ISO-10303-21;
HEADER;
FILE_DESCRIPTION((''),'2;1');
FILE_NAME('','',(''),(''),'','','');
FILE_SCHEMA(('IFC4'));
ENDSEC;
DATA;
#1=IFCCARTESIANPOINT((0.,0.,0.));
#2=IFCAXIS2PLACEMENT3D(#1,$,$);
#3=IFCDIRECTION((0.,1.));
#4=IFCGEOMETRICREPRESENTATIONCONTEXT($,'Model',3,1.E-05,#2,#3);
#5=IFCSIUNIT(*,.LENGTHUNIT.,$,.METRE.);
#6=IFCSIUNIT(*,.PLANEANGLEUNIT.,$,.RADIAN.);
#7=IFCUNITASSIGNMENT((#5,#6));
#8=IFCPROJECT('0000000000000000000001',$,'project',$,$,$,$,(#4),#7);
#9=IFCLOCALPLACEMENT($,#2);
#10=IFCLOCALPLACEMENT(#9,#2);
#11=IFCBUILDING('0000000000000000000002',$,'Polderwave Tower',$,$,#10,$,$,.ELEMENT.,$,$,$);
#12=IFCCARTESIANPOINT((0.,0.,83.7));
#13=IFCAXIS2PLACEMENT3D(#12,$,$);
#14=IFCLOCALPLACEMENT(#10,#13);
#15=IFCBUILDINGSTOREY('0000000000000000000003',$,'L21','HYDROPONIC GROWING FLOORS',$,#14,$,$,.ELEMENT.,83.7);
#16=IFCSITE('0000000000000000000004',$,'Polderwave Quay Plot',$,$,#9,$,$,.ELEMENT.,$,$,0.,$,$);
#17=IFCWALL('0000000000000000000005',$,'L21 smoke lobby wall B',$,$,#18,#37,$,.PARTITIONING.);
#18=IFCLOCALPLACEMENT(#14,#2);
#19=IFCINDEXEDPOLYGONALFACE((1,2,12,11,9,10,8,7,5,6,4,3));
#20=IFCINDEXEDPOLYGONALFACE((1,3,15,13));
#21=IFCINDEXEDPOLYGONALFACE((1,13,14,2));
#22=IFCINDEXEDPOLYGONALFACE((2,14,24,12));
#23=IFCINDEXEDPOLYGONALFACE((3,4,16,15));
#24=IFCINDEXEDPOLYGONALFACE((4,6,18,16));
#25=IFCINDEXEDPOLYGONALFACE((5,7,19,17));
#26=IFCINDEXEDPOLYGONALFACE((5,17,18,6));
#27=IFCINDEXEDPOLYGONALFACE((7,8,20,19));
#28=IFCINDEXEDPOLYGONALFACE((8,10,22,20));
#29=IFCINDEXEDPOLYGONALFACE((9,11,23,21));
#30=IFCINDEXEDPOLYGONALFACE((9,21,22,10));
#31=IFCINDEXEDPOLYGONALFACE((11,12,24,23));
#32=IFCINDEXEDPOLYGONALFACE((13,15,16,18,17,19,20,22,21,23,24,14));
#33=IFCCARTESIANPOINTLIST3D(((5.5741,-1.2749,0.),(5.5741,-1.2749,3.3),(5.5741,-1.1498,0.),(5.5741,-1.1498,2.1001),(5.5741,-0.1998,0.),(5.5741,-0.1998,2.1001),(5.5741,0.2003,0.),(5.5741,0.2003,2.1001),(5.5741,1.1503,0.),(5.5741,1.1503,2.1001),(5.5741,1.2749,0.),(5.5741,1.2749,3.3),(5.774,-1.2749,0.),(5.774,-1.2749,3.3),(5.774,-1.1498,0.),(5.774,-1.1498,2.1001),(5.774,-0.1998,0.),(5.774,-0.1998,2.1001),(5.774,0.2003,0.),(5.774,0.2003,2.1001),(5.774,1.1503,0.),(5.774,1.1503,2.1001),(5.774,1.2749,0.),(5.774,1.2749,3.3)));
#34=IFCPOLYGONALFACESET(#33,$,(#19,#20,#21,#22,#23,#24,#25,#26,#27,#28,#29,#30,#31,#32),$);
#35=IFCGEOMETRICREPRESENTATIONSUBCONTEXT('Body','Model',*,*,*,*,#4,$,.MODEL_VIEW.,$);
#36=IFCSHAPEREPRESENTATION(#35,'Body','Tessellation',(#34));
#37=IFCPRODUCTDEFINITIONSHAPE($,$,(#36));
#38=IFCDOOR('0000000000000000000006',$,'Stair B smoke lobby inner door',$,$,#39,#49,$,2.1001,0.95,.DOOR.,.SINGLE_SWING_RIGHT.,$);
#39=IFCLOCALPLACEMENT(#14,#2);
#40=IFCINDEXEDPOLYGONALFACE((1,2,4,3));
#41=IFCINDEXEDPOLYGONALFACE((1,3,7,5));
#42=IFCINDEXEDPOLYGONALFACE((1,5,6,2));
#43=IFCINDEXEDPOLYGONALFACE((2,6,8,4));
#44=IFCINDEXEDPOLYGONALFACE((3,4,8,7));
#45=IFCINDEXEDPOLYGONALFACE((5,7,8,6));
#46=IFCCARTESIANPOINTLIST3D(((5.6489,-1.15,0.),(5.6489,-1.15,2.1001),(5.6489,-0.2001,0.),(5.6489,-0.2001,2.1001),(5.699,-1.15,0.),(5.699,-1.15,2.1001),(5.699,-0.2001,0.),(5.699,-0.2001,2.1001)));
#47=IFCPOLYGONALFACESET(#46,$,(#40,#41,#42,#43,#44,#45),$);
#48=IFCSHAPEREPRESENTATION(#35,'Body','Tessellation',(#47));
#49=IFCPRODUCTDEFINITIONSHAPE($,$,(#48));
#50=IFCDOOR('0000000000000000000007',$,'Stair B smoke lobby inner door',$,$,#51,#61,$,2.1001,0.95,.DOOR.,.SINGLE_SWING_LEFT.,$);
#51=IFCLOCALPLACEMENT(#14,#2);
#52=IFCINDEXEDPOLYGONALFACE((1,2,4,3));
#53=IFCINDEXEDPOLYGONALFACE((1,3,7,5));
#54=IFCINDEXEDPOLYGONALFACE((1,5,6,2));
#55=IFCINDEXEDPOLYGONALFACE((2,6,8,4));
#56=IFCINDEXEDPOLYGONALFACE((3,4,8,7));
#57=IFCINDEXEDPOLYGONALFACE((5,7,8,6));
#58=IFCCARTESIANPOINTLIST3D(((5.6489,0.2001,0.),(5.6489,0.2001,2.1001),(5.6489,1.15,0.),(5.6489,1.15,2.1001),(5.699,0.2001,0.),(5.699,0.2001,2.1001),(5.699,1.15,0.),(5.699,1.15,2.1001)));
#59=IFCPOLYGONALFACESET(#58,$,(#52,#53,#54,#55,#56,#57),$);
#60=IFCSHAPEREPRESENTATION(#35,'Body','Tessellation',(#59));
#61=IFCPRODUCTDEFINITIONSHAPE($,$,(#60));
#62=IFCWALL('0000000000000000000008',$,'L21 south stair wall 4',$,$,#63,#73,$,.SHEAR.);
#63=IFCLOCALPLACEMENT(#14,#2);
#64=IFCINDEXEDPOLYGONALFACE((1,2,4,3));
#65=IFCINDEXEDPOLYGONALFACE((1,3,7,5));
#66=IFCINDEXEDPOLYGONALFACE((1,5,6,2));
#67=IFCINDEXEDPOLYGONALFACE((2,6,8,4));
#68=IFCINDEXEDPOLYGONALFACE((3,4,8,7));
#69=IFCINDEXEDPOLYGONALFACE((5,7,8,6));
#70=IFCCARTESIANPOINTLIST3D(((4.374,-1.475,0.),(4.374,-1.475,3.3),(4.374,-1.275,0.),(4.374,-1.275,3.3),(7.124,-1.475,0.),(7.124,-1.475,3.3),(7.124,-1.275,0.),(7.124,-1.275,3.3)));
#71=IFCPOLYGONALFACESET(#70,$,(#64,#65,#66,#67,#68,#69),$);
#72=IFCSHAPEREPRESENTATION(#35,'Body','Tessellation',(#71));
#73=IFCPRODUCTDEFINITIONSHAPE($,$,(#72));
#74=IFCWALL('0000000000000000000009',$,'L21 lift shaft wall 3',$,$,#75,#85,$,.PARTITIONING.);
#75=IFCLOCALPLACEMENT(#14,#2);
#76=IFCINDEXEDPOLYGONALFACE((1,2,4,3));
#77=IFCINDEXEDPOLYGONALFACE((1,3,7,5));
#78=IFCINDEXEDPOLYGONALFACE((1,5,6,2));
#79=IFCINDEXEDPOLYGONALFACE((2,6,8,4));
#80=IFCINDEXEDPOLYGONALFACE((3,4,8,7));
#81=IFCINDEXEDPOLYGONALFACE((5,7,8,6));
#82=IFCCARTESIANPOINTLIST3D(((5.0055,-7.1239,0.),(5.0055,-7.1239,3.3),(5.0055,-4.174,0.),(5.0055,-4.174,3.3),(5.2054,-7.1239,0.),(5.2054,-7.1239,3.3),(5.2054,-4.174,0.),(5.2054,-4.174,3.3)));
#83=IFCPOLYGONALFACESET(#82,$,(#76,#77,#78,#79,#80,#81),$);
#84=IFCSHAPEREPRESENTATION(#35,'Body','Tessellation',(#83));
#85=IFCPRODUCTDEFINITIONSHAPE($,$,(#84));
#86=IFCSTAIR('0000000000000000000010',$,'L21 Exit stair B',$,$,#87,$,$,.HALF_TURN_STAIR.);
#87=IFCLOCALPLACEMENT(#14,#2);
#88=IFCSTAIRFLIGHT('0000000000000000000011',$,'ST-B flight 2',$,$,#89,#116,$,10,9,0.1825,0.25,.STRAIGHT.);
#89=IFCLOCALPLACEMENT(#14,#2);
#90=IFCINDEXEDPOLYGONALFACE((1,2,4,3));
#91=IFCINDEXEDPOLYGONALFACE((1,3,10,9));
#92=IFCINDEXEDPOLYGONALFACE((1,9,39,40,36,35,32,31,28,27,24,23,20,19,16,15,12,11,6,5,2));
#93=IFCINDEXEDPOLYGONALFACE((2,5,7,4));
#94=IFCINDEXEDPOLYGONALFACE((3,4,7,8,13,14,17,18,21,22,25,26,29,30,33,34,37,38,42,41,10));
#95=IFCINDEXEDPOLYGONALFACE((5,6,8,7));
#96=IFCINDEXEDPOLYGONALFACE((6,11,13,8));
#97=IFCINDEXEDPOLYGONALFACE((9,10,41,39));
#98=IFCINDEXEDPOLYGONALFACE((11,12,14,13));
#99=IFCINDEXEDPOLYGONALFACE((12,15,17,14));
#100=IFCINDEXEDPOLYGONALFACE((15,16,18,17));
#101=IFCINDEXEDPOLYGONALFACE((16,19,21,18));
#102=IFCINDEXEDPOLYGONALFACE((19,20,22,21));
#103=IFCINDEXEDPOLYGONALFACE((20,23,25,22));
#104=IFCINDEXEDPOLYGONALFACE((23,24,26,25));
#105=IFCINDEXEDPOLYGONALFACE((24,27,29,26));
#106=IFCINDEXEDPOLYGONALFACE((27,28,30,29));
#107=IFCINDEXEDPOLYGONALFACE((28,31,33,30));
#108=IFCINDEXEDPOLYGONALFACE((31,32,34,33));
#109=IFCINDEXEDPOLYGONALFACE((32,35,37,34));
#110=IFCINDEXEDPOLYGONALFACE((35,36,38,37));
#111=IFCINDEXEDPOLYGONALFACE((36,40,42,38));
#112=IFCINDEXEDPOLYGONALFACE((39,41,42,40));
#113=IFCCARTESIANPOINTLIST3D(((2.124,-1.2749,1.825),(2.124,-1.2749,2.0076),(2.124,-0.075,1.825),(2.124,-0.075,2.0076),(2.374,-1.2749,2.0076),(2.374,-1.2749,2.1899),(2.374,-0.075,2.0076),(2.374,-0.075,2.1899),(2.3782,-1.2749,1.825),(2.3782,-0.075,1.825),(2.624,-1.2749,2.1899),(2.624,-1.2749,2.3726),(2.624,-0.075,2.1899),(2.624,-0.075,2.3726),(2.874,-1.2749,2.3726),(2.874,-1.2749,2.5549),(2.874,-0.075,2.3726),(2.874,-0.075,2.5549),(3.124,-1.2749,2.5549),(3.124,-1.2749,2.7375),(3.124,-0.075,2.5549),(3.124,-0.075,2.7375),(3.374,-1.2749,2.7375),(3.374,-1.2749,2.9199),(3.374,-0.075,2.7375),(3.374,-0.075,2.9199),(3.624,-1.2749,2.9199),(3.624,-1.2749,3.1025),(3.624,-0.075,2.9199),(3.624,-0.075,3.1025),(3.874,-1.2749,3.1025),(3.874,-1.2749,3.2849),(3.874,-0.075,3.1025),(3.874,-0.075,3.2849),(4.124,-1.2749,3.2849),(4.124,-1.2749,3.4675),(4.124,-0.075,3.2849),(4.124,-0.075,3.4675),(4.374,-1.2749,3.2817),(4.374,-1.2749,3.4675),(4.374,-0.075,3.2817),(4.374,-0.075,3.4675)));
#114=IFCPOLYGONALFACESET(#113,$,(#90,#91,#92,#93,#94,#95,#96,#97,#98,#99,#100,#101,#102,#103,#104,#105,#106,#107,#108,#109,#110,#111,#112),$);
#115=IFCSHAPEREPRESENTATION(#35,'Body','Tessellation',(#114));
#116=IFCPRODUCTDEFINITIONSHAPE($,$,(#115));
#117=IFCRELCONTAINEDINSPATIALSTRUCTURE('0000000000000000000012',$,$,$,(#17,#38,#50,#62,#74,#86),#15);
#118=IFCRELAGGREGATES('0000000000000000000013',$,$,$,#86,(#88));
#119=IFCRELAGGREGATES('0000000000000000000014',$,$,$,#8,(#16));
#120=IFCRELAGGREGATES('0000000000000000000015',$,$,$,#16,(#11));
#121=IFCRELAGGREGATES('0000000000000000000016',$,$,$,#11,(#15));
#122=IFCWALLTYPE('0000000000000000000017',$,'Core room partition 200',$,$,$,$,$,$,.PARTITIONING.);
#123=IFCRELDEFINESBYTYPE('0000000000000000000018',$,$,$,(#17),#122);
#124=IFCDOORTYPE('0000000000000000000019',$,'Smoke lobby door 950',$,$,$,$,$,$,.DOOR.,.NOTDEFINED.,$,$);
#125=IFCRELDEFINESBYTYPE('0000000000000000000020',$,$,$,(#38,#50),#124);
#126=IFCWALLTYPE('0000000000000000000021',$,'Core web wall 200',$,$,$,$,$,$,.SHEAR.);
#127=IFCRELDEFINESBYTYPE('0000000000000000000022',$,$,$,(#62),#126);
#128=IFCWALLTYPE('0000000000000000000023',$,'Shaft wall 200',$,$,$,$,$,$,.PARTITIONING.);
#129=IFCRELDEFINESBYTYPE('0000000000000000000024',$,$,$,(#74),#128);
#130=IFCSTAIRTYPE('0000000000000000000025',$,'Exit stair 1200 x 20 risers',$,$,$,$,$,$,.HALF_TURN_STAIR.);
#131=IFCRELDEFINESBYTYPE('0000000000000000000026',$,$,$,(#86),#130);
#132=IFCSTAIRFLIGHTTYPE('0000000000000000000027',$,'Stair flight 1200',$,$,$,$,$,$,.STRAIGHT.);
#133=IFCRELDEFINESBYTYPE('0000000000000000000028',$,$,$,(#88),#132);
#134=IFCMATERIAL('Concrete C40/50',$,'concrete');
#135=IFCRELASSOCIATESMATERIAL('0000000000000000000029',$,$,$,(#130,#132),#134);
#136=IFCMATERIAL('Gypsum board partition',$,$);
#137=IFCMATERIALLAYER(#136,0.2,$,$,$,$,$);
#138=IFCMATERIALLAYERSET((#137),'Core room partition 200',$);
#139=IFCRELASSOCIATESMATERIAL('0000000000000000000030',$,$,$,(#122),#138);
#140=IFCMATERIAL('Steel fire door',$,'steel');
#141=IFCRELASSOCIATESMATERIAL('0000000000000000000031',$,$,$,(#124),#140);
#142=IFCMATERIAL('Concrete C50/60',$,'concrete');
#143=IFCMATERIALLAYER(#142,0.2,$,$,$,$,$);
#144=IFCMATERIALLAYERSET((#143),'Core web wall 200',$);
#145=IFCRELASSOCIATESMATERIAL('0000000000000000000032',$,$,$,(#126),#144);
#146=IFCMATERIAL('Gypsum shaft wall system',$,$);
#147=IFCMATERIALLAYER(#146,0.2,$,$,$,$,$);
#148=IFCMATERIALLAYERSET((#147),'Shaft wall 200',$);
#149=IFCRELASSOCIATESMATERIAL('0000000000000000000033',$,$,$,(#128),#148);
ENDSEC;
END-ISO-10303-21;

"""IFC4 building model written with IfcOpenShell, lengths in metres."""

from ifc_helpers import new_model, si_unit, direction, frame, frame_2d, origin, place, context, subcontext, project, spatial, polyline, rectangle, outline, extrude, material, layer, layer_set, type_object, element, fill, aggregate, save


model = new_model("IFC4")

# Units and contexts
model_context = context("Model", 3, precision=1e-05, world=origin(), true_north=direction((0.0, 1.0)))
body_context = subcontext(model_context, "Body", "Model", "MODEL_VIEW")
ifc_project = project(units=[si_unit("LENGTHUNIT", "METRE"), si_unit("PLANEANGLEUNIT", "RADIAN")], contexts=[model_context])

# Site, building, storey
site_placement = place(None, origin())
site = spatial("IfcSite", under=ifc_project, at=site_placement, Name="Polderwave Quay Plot", CompositionType="ELEMENT", RefElevation=0.0)
building_placement = place(site_placement, origin())
building = spatial("IfcBuilding", under=site, at=building_placement, Name="Polderwave Tower", CompositionType="ELEMENT")
storey_placement = place(building_placement, frame((0.0, 0.0, 83.7)))
storey = spatial("IfcBuildingStorey", under=building, at=storey_placement, Name="L21", Description="HYDROPONIC GROWING FLOORS", CompositionType="ELEMENT", Elevation=83.7)

# Shared definitions
ifc_material_1 = material(Name="Concrete C40/50", Category="concrete")

# Shared definitions
stair_type = type_object("IfcStairType", Name="Exit stair 1200 x 20 risers", PredefinedType="HALF_TURN_STAIR", material=ifc_material_1)

# Wall, openings, doors
ifc_material_2 = material(Name="Steel fire door", Category="steel")
ifc_material_3 = material(Name="Gypsum board partition")
ifc_layer_1 = layer(ifc_material_3, 0.2)
ifc_layer_set_1 = layer_set([ifc_layer_1], Name="Core room partition 200")
wall_type_1 = type_object("IfcWallType", Name="Core room partition 200", PredefinedType="PARTITIONING", material=ifc_layer_set_1)
wall_1_placement = place(storey_placement, frame((5.6741, -1.2749, 0.0), z_axis=(0.0, 0.0, 1.0), x_axis=(0.0, 1.0, 0.0)))
wall_1 = element("IfcWall", 1, at=wall_1_placement, inside=storey, type_object=wall_type_1, Name="L21 smoke lobby wall B", PredefinedType="PARTITIONING", context=body_context, shape_type="SweptSolid", body=[
    extrude(rectangle(XDim=2.5498, YDim=0.2, at=frame_2d((1.2749, 0.0))), origin(), (0.0, 0.0, 1.0), 3.3),
])
opening_1_placement = place(wall_1_placement, frame((0.125, 0.0, 0.0)))
opening_1 = element("IfcOpeningElement", 2, at=opening_1_placement, cuts=wall_1, PredefinedType="OPENING", context=body_context, shape_type="SweptSolid", body=[
    extrude(rectangle(XDim=0.95, YDim=2.1001, at=frame_2d((0.4751, 1.05))), frame((0.0, 0.1099, 0.0), z_axis=(0.0, -1.0, 0.0), x_axis=(1.0, 0.0, 0.0)), (0.0, 0.0, 1.0), 0.22),
])
opening_2_placement = place(wall_1_placement, frame((1.4751, 0.0, 0.0)))
opening_2 = element("IfcOpeningElement", 3, at=opening_2_placement, cuts=wall_1, PredefinedType="OPENING", context=body_context, shape_type="SweptSolid", body=[
    extrude(rectangle(XDim=0.95, YDim=2.1001, at=frame_2d((0.4751, 1.05))), frame((0.0, 0.1099, 0.0), z_axis=(0.0, -1.0, 0.0), x_axis=(1.0, 0.0, 0.0)), (0.0, 0.0, 1.0), 0.22),
])
door_type_1 = type_object("IfcDoorType", Name="Smoke lobby door 950", OperationType="NOTDEFINED", PredefinedType="DOOR", material=ifc_material_2)
door_1_placement = place(opening_1_placement, frame((0.95, 0.0, 0.0), z_axis=(0.0, 0.0, 1.0), x_axis=(-1.0, 0.0, 0.0)))
door_1 = element("IfcDoor", 4, at=door_1_placement, inside=storey, type_object=door_type_1, Name="Stair B smoke lobby inner door", OperationType="SINGLE_SWING_RIGHT", OverallHeight=2.1001, OverallWidth=0.95, PredefinedType="DOOR", context=body_context, shape_type="SweptSolid", body=[
    extrude(rectangle(XDim=0.95, YDim=2.1001, at=frame_2d((0.4751, 1.05))), frame((0.0, 0.0249, 0.0), z_axis=(0.0, -1.0, 0.0), x_axis=(1.0, 0.0, 0.0)), (0.0, 0.0, 1.0), 0.05),
])
fill(opening_1, door_1)
door_2_placement = place(opening_2_placement, frame((0.95, 0.0, 0.0), z_axis=(0.0, 0.0, 1.0), x_axis=(-1.0, 0.0, 0.0)))
door_2 = element("IfcDoor", 5, at=door_2_placement, inside=storey, type_object=door_type_1, Name="Stair B smoke lobby inner door", OperationType="SINGLE_SWING_LEFT", OverallHeight=2.1001, OverallWidth=0.95, PredefinedType="DOOR", context=body_context, shape_type="SweptSolid", body=[
    extrude(rectangle(XDim=0.95, YDim=2.1001, at=frame_2d((0.4751, 1.05))), frame((0.0, 0.0249, 0.0), z_axis=(0.0, -1.0, 0.0), x_axis=(1.0, 0.0, 0.0)), (0.0, 0.0, 1.0), 0.05),
])
fill(opening_2, door_2)

# Walls
ifc_material_4 = material(Name="Concrete C50/60", Category="concrete")
ifc_layer_2 = layer(ifc_material_4, 0.2)
ifc_layer_set_2 = layer_set([ifc_layer_2], Name="Core web wall 200")
wall_type_2 = type_object("IfcWallType", Name="Core web wall 200", PredefinedType="SHEAR", material=ifc_layer_set_2)
wall_2_placement = place(storey_placement, frame((4.374, -1.375, 0.0), z_axis=(0.0, 0.0, 1.0), x_axis=(1.0, 0.0, 0.0)))
element("IfcWall", 6, at=wall_2_placement, inside=storey, type_object=wall_type_2, Name="L21 south stair wall 4", PredefinedType="SHEAR", context=body_context, shape_type="SweptSolid", body=[
    extrude(rectangle(XDim=2.75, YDim=0.2, at=frame_2d((1.375, 0.0))), origin(), (0.0, 0.0, 1.0), 3.3),
])
ifc_material_5 = material(Name="Gypsum shaft wall system")
ifc_layer_3 = layer(ifc_material_5, 0.2)
ifc_layer_set_3 = layer_set([ifc_layer_3], Name="Shaft wall 200")
wall_type_3 = type_object("IfcWallType", Name="Shaft wall 200", PredefinedType="PARTITIONING", material=ifc_layer_set_3)
wall_3_placement = place(storey_placement, frame((5.1055, -7.124, 0.0), z_axis=(0.0, 0.0, 1.0), x_axis=(0.0, 1.0, 0.0)))
element("IfcWall", 7, at=wall_3_placement, inside=storey, type_object=wall_type_3, Name="L21 lift shaft wall 3", PredefinedType="PARTITIONING", context=body_context, shape_type="SweptSolid", body=[
    extrude(rectangle(XDim=2.95, YDim=0.2, at=frame_2d((1.4751, 0.0))), origin(), (0.0, 0.0, 1.0), 3.3),
])

# Stair, stair flight
stair_1_placement = place(storey_placement, origin())
stair_1 = element("IfcStair", 8, at=stair_1_placement, inside=storey, type_object=stair_type, Name="L21 Exit stair B", PredefinedType="HALF_TURN_STAIR")
stair_flight_type = type_object("IfcStairFlightType", Name="Stair flight 1200", PredefinedType="STRAIGHT", material=ifc_material_1)
stair_flight_placement = place(storey_placement, frame((2.124, -0.675, 1.825), z_axis=(0.0, 0.0, 1.0), x_axis=(1.0, 0.0, 0.0)))
stair_flight = element("IfcStairFlight", 9, at=stair_flight_placement, type_object=stair_flight_type, Name="ST-B flight 2", NumberOfRisers=10, NumberOfTreads=9, PredefinedType="STRAIGHT", RiserHeight=0.1825, TreadLength=0.25, context=body_context, shape_type="SweptSolid", body=[
    extrude(outline(polyline([(0.0, 0.0), (0.0, 0.1826), (0.25, 0.1826), (0.25, 0.365), (0.5, 0.365), (0.5, 0.5476), (0.75, 0.5476), (0.75, 0.73), (1.0, 0.73), (1.0, 0.9126), (1.25, 0.9126), (1.25, 1.095), (1.5, 1.095), (1.5, 1.2776), (1.75, 1.2776), (1.75, 1.46), (2.0, 1.46), (2.0, 1.6426), (2.25, 1.6426), (2.25, 1.825), (2.25, 1.4568), (0.2542, 0.0), (0.0, 0.0)])), frame((0.0, 0.6001, 0.0), z_axis=(0.0, -1.0, 0.0), x_axis=(1.0, 0.0, 0.0)), (0.0, 0.0, 1.0), 1.2),
])
aggregate(stair_1, [stair_flight])

save(model, "model.ifc")
